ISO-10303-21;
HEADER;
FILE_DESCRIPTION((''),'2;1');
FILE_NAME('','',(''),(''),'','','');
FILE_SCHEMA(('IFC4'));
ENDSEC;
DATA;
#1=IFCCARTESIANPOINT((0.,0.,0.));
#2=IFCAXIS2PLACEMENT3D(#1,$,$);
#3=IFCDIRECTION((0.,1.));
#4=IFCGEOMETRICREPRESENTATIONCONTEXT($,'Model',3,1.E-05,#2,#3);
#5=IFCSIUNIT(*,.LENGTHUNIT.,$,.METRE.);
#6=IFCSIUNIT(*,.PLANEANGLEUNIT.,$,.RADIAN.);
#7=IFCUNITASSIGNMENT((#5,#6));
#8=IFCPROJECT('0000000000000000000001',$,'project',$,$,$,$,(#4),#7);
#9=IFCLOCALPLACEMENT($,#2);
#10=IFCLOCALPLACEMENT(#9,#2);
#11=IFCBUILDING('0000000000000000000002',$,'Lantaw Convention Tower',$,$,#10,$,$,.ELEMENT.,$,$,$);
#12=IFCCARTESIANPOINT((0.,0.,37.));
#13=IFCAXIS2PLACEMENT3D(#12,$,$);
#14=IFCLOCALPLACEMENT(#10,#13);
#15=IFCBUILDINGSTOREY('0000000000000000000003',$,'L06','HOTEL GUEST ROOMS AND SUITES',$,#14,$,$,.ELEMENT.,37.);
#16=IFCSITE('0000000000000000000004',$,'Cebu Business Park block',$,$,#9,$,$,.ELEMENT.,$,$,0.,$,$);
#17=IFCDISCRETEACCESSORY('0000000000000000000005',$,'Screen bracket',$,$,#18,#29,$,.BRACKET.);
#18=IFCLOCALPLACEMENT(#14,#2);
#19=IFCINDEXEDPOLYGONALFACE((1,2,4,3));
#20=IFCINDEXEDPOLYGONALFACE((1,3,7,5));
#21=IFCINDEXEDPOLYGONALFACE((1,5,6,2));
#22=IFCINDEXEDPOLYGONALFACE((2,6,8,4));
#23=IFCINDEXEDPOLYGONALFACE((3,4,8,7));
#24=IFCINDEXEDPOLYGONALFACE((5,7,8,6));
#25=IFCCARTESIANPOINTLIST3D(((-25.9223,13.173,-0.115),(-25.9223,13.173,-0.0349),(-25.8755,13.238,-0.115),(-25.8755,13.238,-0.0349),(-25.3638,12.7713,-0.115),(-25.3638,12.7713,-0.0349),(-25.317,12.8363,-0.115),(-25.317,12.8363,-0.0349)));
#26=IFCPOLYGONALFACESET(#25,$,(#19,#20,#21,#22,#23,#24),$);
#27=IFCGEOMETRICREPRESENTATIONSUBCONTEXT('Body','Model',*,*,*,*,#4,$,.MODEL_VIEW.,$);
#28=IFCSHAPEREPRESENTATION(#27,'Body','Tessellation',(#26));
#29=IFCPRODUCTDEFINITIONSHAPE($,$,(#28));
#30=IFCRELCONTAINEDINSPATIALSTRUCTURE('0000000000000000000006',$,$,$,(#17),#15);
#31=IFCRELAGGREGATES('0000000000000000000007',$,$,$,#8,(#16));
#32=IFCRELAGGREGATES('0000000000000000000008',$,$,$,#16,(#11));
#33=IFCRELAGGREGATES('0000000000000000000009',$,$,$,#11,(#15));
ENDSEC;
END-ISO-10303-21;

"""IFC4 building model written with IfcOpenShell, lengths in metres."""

from ifc_helpers import new_model, si_unit, direction, frame, origin, origin_2d, place, context, subcontext, project, spatial, rectangle, extrude, element, save


model = new_model("IFC4")

# Units and contexts
model_context = context("Model", 3, precision=1e-05, world=origin(), true_north=direction((0.0, 1.0)))
body_context = subcontext(model_context, "Body", "Model", "MODEL_VIEW")
ifc_project = project(units=[si_unit("LENGTHUNIT", "METRE"), si_unit("PLANEANGLEUNIT", "RADIAN")], contexts=[model_context])

# Site, building, storey
site_placement = place(None, origin())
site = spatial("IfcSite", under=ifc_project, at=site_placement, Name="Cebu Business Park block", CompositionType="ELEMENT", RefElevation=0.0)
building_placement = place(site_placement, origin())
building = spatial("IfcBuilding", under=site, at=building_placement, Name="Lantaw Convention Tower", CompositionType="ELEMENT")
storey_placement = place(building_placement, frame((0.0, 0.0, 37.0)))
storey = spatial("IfcBuildingStorey", under=building, at=storey_placement, Name="L06", Description="HOTEL GUEST ROOMS AND SUITES", CompositionType="ELEMENT", Elevation=37.0)

# Discrete accessory
for number, where, z_axis, x_axis, name in (
    (1, (-25.6196, 13.0046, -0.115), (0.0, 0.0, 1.0), (-0.583951, -0.811789, 0.0), "Screen bracket"),
):
    element("IfcDiscreteAccessory", number, at=place(storey_placement, frame(where, z_axis=z_axis, x_axis=x_axis)), inside=storey, Name=name, PredefinedType="BRACKET", context=body_context, shape_type="SweptSolid", body=[
        extrude(rectangle(XDim=0.0801, YDim=0.688, at=origin_2d()), origin(), (0.0, 0.0, 1.0), 0.0801),
    ])

save(model, "model.ifc")
